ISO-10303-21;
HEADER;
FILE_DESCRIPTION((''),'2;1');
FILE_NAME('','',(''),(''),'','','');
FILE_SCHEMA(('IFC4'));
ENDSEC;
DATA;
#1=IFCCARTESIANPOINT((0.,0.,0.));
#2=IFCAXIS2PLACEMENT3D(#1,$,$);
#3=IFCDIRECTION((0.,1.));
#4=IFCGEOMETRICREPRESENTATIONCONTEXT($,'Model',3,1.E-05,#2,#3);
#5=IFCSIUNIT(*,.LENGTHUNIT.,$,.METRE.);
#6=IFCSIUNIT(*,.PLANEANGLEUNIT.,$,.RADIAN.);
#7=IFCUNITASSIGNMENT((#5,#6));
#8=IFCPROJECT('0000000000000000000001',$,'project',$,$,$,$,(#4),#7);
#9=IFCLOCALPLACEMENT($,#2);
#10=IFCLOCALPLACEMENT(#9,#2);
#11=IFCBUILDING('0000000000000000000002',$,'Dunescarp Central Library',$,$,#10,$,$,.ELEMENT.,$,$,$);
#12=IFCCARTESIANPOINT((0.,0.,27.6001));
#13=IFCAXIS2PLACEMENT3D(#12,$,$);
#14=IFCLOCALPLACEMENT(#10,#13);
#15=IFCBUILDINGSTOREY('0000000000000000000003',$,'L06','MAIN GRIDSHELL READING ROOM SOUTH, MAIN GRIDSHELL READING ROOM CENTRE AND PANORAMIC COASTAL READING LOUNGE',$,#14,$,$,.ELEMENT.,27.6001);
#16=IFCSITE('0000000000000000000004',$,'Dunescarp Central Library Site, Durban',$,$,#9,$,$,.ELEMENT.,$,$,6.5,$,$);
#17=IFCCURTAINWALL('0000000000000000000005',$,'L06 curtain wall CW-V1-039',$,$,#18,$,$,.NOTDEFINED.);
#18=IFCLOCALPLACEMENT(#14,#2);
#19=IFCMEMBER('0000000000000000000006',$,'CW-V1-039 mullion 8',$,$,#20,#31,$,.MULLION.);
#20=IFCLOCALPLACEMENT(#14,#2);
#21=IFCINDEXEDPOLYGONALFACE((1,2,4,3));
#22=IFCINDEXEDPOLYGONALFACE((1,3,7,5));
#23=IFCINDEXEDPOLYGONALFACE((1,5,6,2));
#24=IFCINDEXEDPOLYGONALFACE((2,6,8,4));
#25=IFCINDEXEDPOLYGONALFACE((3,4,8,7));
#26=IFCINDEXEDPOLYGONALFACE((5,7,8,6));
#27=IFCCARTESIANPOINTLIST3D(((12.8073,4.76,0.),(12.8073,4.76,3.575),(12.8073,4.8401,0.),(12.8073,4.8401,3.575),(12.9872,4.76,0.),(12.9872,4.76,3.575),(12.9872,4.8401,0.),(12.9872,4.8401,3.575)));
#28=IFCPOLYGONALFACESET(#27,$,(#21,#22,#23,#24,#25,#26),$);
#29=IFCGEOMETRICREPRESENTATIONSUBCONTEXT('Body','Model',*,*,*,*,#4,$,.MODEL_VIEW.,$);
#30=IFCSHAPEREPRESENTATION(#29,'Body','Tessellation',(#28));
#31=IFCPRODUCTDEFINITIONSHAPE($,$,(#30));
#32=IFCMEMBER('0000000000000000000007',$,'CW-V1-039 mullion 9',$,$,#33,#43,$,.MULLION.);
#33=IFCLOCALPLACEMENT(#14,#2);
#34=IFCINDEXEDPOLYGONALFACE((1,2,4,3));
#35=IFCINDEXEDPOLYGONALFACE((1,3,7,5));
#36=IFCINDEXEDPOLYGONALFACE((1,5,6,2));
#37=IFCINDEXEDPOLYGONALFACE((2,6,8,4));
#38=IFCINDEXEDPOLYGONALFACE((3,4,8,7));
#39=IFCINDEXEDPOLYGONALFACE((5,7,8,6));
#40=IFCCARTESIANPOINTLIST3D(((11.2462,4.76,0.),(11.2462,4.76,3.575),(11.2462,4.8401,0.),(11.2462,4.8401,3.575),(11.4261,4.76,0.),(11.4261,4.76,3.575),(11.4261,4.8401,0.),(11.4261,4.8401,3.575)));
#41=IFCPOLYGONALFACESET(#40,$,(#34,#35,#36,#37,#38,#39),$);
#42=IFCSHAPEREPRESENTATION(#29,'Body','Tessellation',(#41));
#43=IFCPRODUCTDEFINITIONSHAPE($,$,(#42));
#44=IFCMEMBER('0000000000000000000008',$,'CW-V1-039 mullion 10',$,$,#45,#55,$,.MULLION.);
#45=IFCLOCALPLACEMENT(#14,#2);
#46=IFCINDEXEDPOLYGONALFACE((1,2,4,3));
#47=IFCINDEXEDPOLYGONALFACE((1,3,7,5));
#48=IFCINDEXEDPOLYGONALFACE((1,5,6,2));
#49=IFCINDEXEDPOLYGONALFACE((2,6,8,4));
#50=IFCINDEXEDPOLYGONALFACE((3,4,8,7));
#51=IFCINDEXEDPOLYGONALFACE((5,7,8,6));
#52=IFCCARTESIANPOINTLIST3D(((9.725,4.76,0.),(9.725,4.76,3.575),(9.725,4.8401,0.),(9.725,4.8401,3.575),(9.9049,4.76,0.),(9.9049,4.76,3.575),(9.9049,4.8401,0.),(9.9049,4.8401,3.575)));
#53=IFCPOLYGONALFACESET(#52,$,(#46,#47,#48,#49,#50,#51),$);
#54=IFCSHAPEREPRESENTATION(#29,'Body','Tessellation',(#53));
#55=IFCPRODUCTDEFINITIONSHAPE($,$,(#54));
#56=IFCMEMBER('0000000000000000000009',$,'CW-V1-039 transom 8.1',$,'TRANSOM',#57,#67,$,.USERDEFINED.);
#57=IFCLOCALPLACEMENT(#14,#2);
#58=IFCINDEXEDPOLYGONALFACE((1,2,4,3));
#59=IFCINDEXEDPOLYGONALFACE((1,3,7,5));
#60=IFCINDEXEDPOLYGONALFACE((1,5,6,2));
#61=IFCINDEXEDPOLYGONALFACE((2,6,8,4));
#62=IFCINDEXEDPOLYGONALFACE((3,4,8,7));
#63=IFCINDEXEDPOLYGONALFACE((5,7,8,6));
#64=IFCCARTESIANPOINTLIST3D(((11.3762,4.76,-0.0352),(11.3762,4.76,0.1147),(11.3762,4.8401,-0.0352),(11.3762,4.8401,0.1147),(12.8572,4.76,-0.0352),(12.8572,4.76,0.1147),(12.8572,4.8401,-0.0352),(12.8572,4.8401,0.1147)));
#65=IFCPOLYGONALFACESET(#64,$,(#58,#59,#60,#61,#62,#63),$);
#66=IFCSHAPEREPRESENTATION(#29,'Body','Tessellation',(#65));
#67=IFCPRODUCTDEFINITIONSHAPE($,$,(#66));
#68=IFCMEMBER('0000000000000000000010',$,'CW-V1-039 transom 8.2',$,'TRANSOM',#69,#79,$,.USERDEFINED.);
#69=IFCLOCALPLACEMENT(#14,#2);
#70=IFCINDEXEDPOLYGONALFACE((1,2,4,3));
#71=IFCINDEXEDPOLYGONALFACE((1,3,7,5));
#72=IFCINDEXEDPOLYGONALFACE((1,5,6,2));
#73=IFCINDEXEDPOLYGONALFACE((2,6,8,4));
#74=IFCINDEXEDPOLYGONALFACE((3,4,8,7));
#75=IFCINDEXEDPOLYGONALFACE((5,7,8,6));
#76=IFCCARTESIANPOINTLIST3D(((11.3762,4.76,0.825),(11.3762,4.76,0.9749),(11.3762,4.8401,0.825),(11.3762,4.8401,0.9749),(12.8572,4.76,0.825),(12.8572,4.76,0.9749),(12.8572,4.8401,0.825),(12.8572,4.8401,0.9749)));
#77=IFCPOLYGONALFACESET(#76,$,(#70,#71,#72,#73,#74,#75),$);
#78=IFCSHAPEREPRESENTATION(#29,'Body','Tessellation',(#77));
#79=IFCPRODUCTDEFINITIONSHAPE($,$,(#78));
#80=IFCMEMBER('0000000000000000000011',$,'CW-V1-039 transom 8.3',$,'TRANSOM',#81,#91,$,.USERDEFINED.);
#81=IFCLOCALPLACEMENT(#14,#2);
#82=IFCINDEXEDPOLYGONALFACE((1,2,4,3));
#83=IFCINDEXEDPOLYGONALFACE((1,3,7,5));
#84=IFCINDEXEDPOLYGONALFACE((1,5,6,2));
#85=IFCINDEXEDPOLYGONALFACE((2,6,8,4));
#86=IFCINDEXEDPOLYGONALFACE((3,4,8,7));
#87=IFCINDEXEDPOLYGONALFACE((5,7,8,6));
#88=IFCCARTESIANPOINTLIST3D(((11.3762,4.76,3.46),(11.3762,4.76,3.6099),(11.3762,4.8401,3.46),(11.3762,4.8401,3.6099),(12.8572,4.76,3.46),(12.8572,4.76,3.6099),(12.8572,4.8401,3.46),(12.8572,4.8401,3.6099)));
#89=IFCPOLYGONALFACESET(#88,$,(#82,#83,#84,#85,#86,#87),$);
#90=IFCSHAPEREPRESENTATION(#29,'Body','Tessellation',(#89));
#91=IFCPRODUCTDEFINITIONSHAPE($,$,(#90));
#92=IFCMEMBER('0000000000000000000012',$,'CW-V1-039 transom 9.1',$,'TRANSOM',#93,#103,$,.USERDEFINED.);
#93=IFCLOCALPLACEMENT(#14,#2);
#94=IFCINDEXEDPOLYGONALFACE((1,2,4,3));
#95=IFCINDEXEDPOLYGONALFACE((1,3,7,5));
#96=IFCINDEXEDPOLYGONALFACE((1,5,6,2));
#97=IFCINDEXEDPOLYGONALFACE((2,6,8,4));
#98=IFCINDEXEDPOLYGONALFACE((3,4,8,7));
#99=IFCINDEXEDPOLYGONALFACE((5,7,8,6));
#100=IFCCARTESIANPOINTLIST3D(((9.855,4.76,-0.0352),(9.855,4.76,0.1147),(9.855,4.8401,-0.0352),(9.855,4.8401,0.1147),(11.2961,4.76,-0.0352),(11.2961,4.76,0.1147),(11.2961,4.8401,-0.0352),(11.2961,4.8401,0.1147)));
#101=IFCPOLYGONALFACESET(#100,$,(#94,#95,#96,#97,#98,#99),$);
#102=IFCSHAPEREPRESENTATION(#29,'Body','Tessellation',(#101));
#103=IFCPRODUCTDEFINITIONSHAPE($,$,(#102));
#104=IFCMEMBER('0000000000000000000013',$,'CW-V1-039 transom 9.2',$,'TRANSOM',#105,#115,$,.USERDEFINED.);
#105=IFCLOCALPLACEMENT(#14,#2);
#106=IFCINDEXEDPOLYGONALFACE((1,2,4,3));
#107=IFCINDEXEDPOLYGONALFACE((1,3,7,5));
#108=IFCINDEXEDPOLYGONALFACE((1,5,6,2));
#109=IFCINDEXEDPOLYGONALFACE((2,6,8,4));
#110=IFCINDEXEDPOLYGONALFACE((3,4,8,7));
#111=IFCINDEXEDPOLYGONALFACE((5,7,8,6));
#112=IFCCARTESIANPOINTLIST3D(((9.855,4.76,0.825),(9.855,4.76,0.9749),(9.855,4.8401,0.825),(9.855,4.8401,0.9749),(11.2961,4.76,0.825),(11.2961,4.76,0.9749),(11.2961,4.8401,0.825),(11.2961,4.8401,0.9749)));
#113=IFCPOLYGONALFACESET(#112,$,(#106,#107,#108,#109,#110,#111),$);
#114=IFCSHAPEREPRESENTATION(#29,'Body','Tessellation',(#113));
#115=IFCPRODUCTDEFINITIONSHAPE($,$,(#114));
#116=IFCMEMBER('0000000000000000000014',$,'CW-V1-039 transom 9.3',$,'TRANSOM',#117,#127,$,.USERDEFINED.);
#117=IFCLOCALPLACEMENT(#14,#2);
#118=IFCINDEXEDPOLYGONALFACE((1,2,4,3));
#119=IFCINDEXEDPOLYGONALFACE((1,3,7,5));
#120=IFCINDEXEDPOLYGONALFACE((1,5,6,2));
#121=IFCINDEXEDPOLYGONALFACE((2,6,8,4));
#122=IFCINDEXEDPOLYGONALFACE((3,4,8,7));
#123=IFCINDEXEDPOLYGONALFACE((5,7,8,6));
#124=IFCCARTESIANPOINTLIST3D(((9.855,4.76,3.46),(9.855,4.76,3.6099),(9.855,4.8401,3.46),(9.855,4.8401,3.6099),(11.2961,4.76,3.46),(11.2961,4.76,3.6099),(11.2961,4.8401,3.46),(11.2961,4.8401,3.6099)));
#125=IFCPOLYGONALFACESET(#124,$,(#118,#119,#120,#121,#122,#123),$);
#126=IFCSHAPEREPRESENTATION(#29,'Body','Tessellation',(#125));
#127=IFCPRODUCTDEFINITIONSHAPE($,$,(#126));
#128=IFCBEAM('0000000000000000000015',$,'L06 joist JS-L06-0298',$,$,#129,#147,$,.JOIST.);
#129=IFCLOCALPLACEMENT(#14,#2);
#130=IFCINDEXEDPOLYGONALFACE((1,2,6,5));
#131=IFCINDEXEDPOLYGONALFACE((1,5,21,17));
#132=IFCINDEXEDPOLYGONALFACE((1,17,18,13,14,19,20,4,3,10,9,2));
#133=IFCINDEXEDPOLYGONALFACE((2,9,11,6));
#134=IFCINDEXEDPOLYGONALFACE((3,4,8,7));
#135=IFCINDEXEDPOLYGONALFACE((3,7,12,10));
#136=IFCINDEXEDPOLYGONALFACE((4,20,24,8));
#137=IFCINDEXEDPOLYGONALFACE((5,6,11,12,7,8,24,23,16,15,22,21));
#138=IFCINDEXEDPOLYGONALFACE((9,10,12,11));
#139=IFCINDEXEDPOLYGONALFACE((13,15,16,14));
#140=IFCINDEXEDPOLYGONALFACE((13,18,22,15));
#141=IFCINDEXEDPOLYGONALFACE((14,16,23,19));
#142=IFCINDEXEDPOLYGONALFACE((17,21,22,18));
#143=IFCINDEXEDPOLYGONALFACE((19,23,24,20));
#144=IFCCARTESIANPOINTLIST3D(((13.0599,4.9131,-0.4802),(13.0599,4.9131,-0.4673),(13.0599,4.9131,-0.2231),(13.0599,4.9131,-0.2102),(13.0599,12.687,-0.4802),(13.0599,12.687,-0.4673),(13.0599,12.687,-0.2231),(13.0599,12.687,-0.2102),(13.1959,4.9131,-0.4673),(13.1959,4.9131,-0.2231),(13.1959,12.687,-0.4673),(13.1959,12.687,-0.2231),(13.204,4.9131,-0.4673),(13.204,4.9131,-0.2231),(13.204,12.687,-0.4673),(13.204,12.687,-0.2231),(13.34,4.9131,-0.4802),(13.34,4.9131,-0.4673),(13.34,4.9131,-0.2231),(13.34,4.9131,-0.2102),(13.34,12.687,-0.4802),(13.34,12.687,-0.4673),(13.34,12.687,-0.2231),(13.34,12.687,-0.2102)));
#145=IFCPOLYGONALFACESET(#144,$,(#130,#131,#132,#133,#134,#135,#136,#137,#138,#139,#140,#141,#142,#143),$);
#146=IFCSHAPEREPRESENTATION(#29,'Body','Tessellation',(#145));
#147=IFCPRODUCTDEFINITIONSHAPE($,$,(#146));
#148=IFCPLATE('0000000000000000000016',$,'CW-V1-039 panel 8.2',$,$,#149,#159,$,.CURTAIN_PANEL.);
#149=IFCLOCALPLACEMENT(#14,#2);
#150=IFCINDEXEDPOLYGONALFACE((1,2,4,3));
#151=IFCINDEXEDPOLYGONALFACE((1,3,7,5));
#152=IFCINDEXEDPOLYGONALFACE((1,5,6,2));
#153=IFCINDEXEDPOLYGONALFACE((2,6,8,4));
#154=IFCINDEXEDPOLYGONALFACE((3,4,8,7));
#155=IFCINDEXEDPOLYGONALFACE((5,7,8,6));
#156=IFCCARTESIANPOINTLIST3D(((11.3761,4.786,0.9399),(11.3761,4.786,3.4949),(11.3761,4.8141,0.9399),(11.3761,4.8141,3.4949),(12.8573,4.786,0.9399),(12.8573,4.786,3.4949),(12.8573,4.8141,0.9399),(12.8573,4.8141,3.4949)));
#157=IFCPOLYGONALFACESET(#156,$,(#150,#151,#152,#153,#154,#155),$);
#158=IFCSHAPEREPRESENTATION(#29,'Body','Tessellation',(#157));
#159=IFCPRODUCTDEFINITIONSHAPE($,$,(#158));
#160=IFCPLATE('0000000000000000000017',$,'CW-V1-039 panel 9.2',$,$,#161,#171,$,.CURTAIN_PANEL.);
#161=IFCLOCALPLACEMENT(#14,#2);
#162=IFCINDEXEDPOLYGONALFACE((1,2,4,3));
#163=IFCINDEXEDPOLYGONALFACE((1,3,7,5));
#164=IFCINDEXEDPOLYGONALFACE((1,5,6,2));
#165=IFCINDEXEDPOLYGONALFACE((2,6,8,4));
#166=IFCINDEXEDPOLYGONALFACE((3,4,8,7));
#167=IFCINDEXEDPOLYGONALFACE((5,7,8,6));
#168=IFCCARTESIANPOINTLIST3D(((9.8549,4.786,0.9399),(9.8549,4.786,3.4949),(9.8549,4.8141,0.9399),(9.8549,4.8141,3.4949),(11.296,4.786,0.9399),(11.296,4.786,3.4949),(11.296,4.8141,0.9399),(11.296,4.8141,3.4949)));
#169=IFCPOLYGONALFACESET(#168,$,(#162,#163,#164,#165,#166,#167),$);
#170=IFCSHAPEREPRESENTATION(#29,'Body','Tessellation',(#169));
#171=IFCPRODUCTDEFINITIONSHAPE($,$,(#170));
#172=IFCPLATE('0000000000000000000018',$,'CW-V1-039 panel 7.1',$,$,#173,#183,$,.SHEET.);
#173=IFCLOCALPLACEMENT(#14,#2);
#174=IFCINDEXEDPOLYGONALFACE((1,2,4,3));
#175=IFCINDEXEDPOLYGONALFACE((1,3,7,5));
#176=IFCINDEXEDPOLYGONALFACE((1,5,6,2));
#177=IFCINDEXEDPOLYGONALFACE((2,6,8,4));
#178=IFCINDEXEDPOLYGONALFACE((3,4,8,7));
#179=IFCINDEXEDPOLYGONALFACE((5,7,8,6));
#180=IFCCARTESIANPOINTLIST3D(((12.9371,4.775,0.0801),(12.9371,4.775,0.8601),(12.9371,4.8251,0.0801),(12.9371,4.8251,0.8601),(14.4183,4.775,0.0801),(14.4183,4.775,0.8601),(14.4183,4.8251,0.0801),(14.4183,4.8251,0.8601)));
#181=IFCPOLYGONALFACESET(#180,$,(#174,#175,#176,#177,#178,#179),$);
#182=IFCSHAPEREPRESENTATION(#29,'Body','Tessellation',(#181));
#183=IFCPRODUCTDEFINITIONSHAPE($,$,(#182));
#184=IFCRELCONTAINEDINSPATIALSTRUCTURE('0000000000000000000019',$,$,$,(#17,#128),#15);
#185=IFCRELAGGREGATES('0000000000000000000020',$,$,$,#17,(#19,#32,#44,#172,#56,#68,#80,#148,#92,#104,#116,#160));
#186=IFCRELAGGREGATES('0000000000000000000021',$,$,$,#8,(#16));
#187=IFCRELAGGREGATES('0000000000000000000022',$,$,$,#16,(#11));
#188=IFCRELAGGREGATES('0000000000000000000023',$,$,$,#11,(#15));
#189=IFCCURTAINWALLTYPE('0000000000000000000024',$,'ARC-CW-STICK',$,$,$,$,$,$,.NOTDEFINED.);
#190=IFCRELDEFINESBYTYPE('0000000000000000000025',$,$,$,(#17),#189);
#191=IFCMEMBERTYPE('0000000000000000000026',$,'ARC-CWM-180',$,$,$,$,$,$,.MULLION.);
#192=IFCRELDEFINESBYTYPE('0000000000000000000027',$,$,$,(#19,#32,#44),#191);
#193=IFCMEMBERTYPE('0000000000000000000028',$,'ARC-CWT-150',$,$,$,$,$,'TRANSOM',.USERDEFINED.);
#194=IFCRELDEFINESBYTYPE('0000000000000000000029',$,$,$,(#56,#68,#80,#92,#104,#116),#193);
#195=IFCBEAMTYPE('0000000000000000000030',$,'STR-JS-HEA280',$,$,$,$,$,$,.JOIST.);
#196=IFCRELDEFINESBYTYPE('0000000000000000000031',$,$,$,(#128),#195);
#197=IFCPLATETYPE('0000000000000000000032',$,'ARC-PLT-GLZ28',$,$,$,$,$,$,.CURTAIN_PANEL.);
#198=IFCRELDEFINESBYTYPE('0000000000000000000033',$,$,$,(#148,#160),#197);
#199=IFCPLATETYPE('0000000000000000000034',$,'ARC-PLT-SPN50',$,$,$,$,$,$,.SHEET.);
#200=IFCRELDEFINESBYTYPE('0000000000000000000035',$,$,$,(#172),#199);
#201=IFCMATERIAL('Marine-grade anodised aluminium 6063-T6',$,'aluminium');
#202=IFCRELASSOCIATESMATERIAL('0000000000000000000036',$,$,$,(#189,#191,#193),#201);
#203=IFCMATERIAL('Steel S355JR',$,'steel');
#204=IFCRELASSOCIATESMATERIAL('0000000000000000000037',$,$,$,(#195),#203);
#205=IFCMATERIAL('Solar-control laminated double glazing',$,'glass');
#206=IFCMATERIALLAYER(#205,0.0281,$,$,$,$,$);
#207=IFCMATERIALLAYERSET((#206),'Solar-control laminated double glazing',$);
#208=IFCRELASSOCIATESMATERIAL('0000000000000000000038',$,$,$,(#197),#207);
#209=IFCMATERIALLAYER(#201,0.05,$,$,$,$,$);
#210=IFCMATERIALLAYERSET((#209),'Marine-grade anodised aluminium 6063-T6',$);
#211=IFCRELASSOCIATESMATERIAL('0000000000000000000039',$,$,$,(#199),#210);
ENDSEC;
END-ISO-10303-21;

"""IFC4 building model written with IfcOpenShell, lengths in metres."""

from ifc_helpers import new_model, si_unit, direction, frame, origin, origin_2d, place, context, subcontext, project, spatial, rectangle, i_section, extrude, material, layer, layer_set, material_profile, profile_set, type_object, element, aggregate, save


model = new_model("IFC4")

# Units and contexts
model_context = context("Model", 3, precision=1e-05, world=origin(), true_north=direction((0.0, 1.0)))
body_context = subcontext(model_context, "Body", "Model", "MODEL_VIEW")
ifc_project = project(units=[si_unit("LENGTHUNIT", "METRE"), si_unit("PLANEANGLEUNIT", "RADIAN")], contexts=[model_context])

# Site, building, storey
site_placement = place(None, origin())
site = spatial("IfcSite", under=ifc_project, at=site_placement, Name="Dunescarp Central Library Site, Durban", CompositionType="ELEMENT", RefElevation=6.5)
building_placement = place(site_placement, origin())
building = spatial("IfcBuilding", under=site, at=building_placement, Name="Dunescarp Central Library", CompositionType="ELEMENT")
storey_placement = place(building_placement, frame((0.0, 0.0, 27.6001)))
storey = spatial("IfcBuildingStorey", under=building, at=storey_placement, Name="L06", Description="MAIN GRIDSHELL READING ROOM SOUTH, MAIN GRIDSHELL READING ROOM CENTRE AND PANORAMIC COASTAL READING LOUNGE", CompositionType="ELEMENT", Elevation=27.6001)

# Curtain wall, members
ifc_material_1 = material(Name="Marine-grade anodised aluminium 6063-T6", Category="aluminium")
curtain_wall_type = type_object("IfcCurtainWallType", Name="ARC-CW-STICK", PredefinedType="NOTDEFINED", material=ifc_material_1)
curtain_wall_placement = place(storey_placement, origin())
curtain_wall = element("IfcCurtainWall", 1, at=curtain_wall_placement, inside=storey, type_object=curtain_wall_type, Name="L06 curtain wall CW-V1-039", PredefinedType="NOTDEFINED")
ifc_material_profile_1 = material_profile(ifc_material_1, rectangle(XDim=0.0801, YDim=0.1799, at=origin_2d()), Name="AL 80x180")
ifc_profile_set_1 = profile_set([ifc_material_profile_1], Name="Marine-grade anodised aluminium 6063-T6")
member_type_1 = type_object("IfcMemberType", Name="ARC-CWM-180", PredefinedType="MULLION", material=ifc_profile_set_1)
member_1_placement = place(storey_placement, frame((12.8972, 4.8, 0.0), z_axis=(0.0, 0.0, 1.0), x_axis=(0.0, -1.0, 0.0)))
member_1 = element("IfcMember", 2, at=member_1_placement, type_object=member_type_1, Name="CW-V1-039 mullion 8", PredefinedType="MULLION", context=body_context, shape_type="SweptSolid", body=[
    extrude(rectangle(XDim=0.0801, YDim=0.1799, at=origin_2d()), origin(), (0.0, 0.0, 1.0), 3.575),
])
member_2_placement = place(storey_placement, frame((11.3362, 4.8, 0.0), z_axis=(0.0, 0.0, 1.0), x_axis=(0.0, -1.0, 0.0)))
member_2 = element("IfcMember", 3, at=member_2_placement, type_object=member_type_1, Name="CW-V1-039 mullion 9", PredefinedType="MULLION", context=body_context, shape_type="SweptSolid", body=[
    extrude(rectangle(XDim=0.0801, YDim=0.1799, at=origin_2d()), origin(), (0.0, 0.0, 1.0), 3.575),
])
member_3_placement = place(storey_placement, frame((9.8149, 4.8, 0.0), z_axis=(0.0, 0.0, 1.0), x_axis=(0.0, -1.0, 0.0)))
member_3 = element("IfcMember", 4, at=member_3_placement, type_object=member_type_1, Name="CW-V1-039 mullion 10", PredefinedType="MULLION", context=body_context, shape_type="SweptSolid", body=[
    extrude(rectangle(XDim=0.0801, YDim=0.1799, at=origin_2d()), origin(), (0.0, 0.0, 1.0), 3.575),
])
ifc_material_profile_2 = material_profile(ifc_material_1, rectangle(XDim=0.0801, YDim=0.1499, at=origin_2d()), Name="AL 80x150")
ifc_profile_set_2 = profile_set([ifc_material_profile_2], Name="Marine-grade anodised aluminium 6063-T6")
member_type_2 = type_object("IfcMemberType", Name="ARC-CWT-150", ElementType="TRANSOM", PredefinedType="USERDEFINED", material=ifc_profile_set_2)
member_4_placement = place(storey_placement, frame((12.8572, 4.8, 0.0398), z_axis=(-1.0, 0.0, 0.0), x_axis=(0.0, -1.0, 0.0)))
member_4 = element("IfcMember", 5, at=member_4_placement, type_object=member_type_2, Name="CW-V1-039 transom 8.1", ObjectType="TRANSOM", PredefinedType="USERDEFINED", context=body_context, shape_type="SweptSolid", body=[
    extrude(rectangle(XDim=0.0801, YDim=0.1499, at=origin_2d()), origin(), (0.0, 0.0, 1.0), 1.481),
])
member_5_placement = place(storey_placement, frame((12.8572, 4.8, 0.8999), z_axis=(-1.0, 0.0, 0.0), x_axis=(0.0, -1.0, 0.0)))
member_5 = element("IfcMember", 6, at=member_5_placement, type_object=member_type_2, Name="CW-V1-039 transom 8.2", ObjectType="TRANSOM", PredefinedType="USERDEFINED", context=body_context, shape_type="SweptSolid", body=[
    extrude(rectangle(XDim=0.0801, YDim=0.1499, at=origin_2d()), origin(), (0.0, 0.0, 1.0), 1.481),
])
member_6_placement = place(storey_placement, frame((12.8572, 4.8, 3.5349), z_axis=(-1.0, 0.0, 0.0), x_axis=(0.0, -1.0, 0.0)))
member_6 = element("IfcMember", 7, at=member_6_placement, type_object=member_type_2, Name="CW-V1-039 transom 8.3", ObjectType="TRANSOM", PredefinedType="USERDEFINED", context=body_context, shape_type="SweptSolid", body=[
    extrude(rectangle(XDim=0.0801, YDim=0.1499, at=origin_2d()), origin(), (0.0, 0.0, 1.0), 1.481),
])
member_7_placement = place(storey_placement, frame((11.2961, 4.8, 0.0398), z_axis=(-1.0, 0.0, 0.0), x_axis=(0.0, -1.0, 0.0)))
member_7 = element("IfcMember", 8, at=member_7_placement, type_object=member_type_2, Name="CW-V1-039 transom 9.1", ObjectType="TRANSOM", PredefinedType="USERDEFINED", context=body_context, shape_type="SweptSolid", body=[
    extrude(rectangle(XDim=0.0801, YDim=0.1499, at=origin_2d()), origin(), (0.0, 0.0, 1.0), 1.4412),
])
member_8_placement = place(storey_placement, frame((11.2961, 4.8, 0.8999), z_axis=(-1.0, 0.0, 0.0), x_axis=(0.0, -1.0, 0.0)))
member_8 = element("IfcMember", 9, at=member_8_placement, type_object=member_type_2, Name="CW-V1-039 transom 9.2", ObjectType="TRANSOM", PredefinedType="USERDEFINED", context=body_context, shape_type="SweptSolid", body=[
    extrude(rectangle(XDim=0.0801, YDim=0.1499, at=origin_2d()), origin(), (0.0, 0.0, 1.0), 1.4412),
])
member_9_placement = place(storey_placement, frame((11.2961, 4.8, 3.5349), z_axis=(-1.0, 0.0, 0.0), x_axis=(0.0, -1.0, 0.0)))
member_9 = element("IfcMember", 10, at=member_9_placement, type_object=member_type_2, Name="CW-V1-039 transom 9.3", ObjectType="TRANSOM", PredefinedType="USERDEFINED", context=body_context, shape_type="SweptSolid", body=[
    extrude(rectangle(XDim=0.0801, YDim=0.1499, at=origin_2d()), origin(), (0.0, 0.0, 1.0), 1.4412),
])

# Beam
ifc_material_2 = material(Name="Steel S355JR", Category="steel")
ifc_material_profile_3 = material_profile(ifc_material_2, i_section(OverallWidth=0.28, OverallDepth=0.27, WebThickness=0.0081, FlangeThickness=0.0129, at=origin_2d()), Name="HEA 280")
ifc_profile_set_3 = profile_set([ifc_material_profile_3], Name="Steel S355JR")
beam_type = type_object("IfcBeamType", Name="STR-JS-HEA280", PredefinedType="JOIST", material=ifc_profile_set_3)
beam_placement = place(storey_placement, frame((13.2, 4.9131, -0.3452), z_axis=(0.0, 1.0, 0.0), x_axis=(-1.0, 0.0, 0.0)))
element("IfcBeam", 11, at=beam_placement, inside=storey, type_object=beam_type, Name="L06 joist JS-L06-0298", PredefinedType="JOIST", context=body_context, shape_type="SweptSolid", body=[
    extrude(i_section(OverallWidth=0.28, OverallDepth=0.27, WebThickness=0.0081, FlangeThickness=0.0129, at=origin_2d()), origin(), (0.0, 0.0, 1.0), 7.7739),
])

# Plates
ifc_material_3 = material(Name="Solar-control laminated double glazing", Category="glass")
ifc_layer_1 = layer(ifc_material_3, 0.0281)
ifc_layer_set_1 = layer_set([ifc_layer_1], Name="Solar-control laminated double glazing")
plate_type_1 = type_object("IfcPlateType", Name="ARC-PLT-GLZ28", PredefinedType="CURTAIN_PANEL", material=ifc_layer_set_1)
plate_1_placement = place(storey_placement, frame((12.1167, 4.8, 0.9399), z_axis=(0.0, 0.0, 1.0), x_axis=(-1.0, 0.0, 0.0)))
plate_1 = element("IfcPlate", 12, at=plate_1_placement, type_object=plate_type_1, Name="CW-V1-039 panel 8.2", PredefinedType="CURTAIN_PANEL", context=body_context, shape_type="SweptSolid", body=[
    extrude(rectangle(XDim=1.4812, YDim=0.0281, at=origin_2d()), origin(), (0.0, 0.0, 1.0), 2.5549),
])
plate_2_placement = place(storey_placement, frame((10.5754, 4.8, 0.9399), z_axis=(0.0, 0.0, 1.0), x_axis=(-1.0, 0.0, 0.0)))
plate_2 = element("IfcPlate", 13, at=plate_2_placement, type_object=plate_type_1, Name="CW-V1-039 panel 9.2", PredefinedType="CURTAIN_PANEL", context=body_context, shape_type="SweptSolid", body=[
    extrude(rectangle(XDim=1.4412, YDim=0.0281, at=origin_2d()), origin(), (0.0, 0.0, 1.0), 2.5549),
])
ifc_layer_2 = layer(ifc_material_1, 0.05)
ifc_layer_set_2 = layer_set([ifc_layer_2], Name="Marine-grade anodised aluminium 6063-T6")
plate_type_2 = type_object("IfcPlateType", Name="ARC-PLT-SPN50", PredefinedType="SHEET", material=ifc_layer_set_2)
plate_3_placement = place(storey_placement, frame((13.6777, 4.8, 0.0801), z_axis=(0.0, 0.0, 1.0), x_axis=(-1.0, 0.0, 0.0)))
plate_3 = element("IfcPlate", 14, at=plate_3_placement, type_object=plate_type_2, Name="CW-V1-039 panel 7.1", PredefinedType="SHEET", context=body_context, shape_type="SweptSolid", body=[
    extrude(rectangle(XDim=1.4812, YDim=0.05, at=origin_2d()), origin(), (0.0, 0.0, 1.0), 0.78),
])
aggregate(curtain_wall, [member_1, member_2, member_3, plate_3, member_4, member_5, member_6, plate_1, member_7, member_8, member_9, plate_2])

save(model, "model.ifc")
